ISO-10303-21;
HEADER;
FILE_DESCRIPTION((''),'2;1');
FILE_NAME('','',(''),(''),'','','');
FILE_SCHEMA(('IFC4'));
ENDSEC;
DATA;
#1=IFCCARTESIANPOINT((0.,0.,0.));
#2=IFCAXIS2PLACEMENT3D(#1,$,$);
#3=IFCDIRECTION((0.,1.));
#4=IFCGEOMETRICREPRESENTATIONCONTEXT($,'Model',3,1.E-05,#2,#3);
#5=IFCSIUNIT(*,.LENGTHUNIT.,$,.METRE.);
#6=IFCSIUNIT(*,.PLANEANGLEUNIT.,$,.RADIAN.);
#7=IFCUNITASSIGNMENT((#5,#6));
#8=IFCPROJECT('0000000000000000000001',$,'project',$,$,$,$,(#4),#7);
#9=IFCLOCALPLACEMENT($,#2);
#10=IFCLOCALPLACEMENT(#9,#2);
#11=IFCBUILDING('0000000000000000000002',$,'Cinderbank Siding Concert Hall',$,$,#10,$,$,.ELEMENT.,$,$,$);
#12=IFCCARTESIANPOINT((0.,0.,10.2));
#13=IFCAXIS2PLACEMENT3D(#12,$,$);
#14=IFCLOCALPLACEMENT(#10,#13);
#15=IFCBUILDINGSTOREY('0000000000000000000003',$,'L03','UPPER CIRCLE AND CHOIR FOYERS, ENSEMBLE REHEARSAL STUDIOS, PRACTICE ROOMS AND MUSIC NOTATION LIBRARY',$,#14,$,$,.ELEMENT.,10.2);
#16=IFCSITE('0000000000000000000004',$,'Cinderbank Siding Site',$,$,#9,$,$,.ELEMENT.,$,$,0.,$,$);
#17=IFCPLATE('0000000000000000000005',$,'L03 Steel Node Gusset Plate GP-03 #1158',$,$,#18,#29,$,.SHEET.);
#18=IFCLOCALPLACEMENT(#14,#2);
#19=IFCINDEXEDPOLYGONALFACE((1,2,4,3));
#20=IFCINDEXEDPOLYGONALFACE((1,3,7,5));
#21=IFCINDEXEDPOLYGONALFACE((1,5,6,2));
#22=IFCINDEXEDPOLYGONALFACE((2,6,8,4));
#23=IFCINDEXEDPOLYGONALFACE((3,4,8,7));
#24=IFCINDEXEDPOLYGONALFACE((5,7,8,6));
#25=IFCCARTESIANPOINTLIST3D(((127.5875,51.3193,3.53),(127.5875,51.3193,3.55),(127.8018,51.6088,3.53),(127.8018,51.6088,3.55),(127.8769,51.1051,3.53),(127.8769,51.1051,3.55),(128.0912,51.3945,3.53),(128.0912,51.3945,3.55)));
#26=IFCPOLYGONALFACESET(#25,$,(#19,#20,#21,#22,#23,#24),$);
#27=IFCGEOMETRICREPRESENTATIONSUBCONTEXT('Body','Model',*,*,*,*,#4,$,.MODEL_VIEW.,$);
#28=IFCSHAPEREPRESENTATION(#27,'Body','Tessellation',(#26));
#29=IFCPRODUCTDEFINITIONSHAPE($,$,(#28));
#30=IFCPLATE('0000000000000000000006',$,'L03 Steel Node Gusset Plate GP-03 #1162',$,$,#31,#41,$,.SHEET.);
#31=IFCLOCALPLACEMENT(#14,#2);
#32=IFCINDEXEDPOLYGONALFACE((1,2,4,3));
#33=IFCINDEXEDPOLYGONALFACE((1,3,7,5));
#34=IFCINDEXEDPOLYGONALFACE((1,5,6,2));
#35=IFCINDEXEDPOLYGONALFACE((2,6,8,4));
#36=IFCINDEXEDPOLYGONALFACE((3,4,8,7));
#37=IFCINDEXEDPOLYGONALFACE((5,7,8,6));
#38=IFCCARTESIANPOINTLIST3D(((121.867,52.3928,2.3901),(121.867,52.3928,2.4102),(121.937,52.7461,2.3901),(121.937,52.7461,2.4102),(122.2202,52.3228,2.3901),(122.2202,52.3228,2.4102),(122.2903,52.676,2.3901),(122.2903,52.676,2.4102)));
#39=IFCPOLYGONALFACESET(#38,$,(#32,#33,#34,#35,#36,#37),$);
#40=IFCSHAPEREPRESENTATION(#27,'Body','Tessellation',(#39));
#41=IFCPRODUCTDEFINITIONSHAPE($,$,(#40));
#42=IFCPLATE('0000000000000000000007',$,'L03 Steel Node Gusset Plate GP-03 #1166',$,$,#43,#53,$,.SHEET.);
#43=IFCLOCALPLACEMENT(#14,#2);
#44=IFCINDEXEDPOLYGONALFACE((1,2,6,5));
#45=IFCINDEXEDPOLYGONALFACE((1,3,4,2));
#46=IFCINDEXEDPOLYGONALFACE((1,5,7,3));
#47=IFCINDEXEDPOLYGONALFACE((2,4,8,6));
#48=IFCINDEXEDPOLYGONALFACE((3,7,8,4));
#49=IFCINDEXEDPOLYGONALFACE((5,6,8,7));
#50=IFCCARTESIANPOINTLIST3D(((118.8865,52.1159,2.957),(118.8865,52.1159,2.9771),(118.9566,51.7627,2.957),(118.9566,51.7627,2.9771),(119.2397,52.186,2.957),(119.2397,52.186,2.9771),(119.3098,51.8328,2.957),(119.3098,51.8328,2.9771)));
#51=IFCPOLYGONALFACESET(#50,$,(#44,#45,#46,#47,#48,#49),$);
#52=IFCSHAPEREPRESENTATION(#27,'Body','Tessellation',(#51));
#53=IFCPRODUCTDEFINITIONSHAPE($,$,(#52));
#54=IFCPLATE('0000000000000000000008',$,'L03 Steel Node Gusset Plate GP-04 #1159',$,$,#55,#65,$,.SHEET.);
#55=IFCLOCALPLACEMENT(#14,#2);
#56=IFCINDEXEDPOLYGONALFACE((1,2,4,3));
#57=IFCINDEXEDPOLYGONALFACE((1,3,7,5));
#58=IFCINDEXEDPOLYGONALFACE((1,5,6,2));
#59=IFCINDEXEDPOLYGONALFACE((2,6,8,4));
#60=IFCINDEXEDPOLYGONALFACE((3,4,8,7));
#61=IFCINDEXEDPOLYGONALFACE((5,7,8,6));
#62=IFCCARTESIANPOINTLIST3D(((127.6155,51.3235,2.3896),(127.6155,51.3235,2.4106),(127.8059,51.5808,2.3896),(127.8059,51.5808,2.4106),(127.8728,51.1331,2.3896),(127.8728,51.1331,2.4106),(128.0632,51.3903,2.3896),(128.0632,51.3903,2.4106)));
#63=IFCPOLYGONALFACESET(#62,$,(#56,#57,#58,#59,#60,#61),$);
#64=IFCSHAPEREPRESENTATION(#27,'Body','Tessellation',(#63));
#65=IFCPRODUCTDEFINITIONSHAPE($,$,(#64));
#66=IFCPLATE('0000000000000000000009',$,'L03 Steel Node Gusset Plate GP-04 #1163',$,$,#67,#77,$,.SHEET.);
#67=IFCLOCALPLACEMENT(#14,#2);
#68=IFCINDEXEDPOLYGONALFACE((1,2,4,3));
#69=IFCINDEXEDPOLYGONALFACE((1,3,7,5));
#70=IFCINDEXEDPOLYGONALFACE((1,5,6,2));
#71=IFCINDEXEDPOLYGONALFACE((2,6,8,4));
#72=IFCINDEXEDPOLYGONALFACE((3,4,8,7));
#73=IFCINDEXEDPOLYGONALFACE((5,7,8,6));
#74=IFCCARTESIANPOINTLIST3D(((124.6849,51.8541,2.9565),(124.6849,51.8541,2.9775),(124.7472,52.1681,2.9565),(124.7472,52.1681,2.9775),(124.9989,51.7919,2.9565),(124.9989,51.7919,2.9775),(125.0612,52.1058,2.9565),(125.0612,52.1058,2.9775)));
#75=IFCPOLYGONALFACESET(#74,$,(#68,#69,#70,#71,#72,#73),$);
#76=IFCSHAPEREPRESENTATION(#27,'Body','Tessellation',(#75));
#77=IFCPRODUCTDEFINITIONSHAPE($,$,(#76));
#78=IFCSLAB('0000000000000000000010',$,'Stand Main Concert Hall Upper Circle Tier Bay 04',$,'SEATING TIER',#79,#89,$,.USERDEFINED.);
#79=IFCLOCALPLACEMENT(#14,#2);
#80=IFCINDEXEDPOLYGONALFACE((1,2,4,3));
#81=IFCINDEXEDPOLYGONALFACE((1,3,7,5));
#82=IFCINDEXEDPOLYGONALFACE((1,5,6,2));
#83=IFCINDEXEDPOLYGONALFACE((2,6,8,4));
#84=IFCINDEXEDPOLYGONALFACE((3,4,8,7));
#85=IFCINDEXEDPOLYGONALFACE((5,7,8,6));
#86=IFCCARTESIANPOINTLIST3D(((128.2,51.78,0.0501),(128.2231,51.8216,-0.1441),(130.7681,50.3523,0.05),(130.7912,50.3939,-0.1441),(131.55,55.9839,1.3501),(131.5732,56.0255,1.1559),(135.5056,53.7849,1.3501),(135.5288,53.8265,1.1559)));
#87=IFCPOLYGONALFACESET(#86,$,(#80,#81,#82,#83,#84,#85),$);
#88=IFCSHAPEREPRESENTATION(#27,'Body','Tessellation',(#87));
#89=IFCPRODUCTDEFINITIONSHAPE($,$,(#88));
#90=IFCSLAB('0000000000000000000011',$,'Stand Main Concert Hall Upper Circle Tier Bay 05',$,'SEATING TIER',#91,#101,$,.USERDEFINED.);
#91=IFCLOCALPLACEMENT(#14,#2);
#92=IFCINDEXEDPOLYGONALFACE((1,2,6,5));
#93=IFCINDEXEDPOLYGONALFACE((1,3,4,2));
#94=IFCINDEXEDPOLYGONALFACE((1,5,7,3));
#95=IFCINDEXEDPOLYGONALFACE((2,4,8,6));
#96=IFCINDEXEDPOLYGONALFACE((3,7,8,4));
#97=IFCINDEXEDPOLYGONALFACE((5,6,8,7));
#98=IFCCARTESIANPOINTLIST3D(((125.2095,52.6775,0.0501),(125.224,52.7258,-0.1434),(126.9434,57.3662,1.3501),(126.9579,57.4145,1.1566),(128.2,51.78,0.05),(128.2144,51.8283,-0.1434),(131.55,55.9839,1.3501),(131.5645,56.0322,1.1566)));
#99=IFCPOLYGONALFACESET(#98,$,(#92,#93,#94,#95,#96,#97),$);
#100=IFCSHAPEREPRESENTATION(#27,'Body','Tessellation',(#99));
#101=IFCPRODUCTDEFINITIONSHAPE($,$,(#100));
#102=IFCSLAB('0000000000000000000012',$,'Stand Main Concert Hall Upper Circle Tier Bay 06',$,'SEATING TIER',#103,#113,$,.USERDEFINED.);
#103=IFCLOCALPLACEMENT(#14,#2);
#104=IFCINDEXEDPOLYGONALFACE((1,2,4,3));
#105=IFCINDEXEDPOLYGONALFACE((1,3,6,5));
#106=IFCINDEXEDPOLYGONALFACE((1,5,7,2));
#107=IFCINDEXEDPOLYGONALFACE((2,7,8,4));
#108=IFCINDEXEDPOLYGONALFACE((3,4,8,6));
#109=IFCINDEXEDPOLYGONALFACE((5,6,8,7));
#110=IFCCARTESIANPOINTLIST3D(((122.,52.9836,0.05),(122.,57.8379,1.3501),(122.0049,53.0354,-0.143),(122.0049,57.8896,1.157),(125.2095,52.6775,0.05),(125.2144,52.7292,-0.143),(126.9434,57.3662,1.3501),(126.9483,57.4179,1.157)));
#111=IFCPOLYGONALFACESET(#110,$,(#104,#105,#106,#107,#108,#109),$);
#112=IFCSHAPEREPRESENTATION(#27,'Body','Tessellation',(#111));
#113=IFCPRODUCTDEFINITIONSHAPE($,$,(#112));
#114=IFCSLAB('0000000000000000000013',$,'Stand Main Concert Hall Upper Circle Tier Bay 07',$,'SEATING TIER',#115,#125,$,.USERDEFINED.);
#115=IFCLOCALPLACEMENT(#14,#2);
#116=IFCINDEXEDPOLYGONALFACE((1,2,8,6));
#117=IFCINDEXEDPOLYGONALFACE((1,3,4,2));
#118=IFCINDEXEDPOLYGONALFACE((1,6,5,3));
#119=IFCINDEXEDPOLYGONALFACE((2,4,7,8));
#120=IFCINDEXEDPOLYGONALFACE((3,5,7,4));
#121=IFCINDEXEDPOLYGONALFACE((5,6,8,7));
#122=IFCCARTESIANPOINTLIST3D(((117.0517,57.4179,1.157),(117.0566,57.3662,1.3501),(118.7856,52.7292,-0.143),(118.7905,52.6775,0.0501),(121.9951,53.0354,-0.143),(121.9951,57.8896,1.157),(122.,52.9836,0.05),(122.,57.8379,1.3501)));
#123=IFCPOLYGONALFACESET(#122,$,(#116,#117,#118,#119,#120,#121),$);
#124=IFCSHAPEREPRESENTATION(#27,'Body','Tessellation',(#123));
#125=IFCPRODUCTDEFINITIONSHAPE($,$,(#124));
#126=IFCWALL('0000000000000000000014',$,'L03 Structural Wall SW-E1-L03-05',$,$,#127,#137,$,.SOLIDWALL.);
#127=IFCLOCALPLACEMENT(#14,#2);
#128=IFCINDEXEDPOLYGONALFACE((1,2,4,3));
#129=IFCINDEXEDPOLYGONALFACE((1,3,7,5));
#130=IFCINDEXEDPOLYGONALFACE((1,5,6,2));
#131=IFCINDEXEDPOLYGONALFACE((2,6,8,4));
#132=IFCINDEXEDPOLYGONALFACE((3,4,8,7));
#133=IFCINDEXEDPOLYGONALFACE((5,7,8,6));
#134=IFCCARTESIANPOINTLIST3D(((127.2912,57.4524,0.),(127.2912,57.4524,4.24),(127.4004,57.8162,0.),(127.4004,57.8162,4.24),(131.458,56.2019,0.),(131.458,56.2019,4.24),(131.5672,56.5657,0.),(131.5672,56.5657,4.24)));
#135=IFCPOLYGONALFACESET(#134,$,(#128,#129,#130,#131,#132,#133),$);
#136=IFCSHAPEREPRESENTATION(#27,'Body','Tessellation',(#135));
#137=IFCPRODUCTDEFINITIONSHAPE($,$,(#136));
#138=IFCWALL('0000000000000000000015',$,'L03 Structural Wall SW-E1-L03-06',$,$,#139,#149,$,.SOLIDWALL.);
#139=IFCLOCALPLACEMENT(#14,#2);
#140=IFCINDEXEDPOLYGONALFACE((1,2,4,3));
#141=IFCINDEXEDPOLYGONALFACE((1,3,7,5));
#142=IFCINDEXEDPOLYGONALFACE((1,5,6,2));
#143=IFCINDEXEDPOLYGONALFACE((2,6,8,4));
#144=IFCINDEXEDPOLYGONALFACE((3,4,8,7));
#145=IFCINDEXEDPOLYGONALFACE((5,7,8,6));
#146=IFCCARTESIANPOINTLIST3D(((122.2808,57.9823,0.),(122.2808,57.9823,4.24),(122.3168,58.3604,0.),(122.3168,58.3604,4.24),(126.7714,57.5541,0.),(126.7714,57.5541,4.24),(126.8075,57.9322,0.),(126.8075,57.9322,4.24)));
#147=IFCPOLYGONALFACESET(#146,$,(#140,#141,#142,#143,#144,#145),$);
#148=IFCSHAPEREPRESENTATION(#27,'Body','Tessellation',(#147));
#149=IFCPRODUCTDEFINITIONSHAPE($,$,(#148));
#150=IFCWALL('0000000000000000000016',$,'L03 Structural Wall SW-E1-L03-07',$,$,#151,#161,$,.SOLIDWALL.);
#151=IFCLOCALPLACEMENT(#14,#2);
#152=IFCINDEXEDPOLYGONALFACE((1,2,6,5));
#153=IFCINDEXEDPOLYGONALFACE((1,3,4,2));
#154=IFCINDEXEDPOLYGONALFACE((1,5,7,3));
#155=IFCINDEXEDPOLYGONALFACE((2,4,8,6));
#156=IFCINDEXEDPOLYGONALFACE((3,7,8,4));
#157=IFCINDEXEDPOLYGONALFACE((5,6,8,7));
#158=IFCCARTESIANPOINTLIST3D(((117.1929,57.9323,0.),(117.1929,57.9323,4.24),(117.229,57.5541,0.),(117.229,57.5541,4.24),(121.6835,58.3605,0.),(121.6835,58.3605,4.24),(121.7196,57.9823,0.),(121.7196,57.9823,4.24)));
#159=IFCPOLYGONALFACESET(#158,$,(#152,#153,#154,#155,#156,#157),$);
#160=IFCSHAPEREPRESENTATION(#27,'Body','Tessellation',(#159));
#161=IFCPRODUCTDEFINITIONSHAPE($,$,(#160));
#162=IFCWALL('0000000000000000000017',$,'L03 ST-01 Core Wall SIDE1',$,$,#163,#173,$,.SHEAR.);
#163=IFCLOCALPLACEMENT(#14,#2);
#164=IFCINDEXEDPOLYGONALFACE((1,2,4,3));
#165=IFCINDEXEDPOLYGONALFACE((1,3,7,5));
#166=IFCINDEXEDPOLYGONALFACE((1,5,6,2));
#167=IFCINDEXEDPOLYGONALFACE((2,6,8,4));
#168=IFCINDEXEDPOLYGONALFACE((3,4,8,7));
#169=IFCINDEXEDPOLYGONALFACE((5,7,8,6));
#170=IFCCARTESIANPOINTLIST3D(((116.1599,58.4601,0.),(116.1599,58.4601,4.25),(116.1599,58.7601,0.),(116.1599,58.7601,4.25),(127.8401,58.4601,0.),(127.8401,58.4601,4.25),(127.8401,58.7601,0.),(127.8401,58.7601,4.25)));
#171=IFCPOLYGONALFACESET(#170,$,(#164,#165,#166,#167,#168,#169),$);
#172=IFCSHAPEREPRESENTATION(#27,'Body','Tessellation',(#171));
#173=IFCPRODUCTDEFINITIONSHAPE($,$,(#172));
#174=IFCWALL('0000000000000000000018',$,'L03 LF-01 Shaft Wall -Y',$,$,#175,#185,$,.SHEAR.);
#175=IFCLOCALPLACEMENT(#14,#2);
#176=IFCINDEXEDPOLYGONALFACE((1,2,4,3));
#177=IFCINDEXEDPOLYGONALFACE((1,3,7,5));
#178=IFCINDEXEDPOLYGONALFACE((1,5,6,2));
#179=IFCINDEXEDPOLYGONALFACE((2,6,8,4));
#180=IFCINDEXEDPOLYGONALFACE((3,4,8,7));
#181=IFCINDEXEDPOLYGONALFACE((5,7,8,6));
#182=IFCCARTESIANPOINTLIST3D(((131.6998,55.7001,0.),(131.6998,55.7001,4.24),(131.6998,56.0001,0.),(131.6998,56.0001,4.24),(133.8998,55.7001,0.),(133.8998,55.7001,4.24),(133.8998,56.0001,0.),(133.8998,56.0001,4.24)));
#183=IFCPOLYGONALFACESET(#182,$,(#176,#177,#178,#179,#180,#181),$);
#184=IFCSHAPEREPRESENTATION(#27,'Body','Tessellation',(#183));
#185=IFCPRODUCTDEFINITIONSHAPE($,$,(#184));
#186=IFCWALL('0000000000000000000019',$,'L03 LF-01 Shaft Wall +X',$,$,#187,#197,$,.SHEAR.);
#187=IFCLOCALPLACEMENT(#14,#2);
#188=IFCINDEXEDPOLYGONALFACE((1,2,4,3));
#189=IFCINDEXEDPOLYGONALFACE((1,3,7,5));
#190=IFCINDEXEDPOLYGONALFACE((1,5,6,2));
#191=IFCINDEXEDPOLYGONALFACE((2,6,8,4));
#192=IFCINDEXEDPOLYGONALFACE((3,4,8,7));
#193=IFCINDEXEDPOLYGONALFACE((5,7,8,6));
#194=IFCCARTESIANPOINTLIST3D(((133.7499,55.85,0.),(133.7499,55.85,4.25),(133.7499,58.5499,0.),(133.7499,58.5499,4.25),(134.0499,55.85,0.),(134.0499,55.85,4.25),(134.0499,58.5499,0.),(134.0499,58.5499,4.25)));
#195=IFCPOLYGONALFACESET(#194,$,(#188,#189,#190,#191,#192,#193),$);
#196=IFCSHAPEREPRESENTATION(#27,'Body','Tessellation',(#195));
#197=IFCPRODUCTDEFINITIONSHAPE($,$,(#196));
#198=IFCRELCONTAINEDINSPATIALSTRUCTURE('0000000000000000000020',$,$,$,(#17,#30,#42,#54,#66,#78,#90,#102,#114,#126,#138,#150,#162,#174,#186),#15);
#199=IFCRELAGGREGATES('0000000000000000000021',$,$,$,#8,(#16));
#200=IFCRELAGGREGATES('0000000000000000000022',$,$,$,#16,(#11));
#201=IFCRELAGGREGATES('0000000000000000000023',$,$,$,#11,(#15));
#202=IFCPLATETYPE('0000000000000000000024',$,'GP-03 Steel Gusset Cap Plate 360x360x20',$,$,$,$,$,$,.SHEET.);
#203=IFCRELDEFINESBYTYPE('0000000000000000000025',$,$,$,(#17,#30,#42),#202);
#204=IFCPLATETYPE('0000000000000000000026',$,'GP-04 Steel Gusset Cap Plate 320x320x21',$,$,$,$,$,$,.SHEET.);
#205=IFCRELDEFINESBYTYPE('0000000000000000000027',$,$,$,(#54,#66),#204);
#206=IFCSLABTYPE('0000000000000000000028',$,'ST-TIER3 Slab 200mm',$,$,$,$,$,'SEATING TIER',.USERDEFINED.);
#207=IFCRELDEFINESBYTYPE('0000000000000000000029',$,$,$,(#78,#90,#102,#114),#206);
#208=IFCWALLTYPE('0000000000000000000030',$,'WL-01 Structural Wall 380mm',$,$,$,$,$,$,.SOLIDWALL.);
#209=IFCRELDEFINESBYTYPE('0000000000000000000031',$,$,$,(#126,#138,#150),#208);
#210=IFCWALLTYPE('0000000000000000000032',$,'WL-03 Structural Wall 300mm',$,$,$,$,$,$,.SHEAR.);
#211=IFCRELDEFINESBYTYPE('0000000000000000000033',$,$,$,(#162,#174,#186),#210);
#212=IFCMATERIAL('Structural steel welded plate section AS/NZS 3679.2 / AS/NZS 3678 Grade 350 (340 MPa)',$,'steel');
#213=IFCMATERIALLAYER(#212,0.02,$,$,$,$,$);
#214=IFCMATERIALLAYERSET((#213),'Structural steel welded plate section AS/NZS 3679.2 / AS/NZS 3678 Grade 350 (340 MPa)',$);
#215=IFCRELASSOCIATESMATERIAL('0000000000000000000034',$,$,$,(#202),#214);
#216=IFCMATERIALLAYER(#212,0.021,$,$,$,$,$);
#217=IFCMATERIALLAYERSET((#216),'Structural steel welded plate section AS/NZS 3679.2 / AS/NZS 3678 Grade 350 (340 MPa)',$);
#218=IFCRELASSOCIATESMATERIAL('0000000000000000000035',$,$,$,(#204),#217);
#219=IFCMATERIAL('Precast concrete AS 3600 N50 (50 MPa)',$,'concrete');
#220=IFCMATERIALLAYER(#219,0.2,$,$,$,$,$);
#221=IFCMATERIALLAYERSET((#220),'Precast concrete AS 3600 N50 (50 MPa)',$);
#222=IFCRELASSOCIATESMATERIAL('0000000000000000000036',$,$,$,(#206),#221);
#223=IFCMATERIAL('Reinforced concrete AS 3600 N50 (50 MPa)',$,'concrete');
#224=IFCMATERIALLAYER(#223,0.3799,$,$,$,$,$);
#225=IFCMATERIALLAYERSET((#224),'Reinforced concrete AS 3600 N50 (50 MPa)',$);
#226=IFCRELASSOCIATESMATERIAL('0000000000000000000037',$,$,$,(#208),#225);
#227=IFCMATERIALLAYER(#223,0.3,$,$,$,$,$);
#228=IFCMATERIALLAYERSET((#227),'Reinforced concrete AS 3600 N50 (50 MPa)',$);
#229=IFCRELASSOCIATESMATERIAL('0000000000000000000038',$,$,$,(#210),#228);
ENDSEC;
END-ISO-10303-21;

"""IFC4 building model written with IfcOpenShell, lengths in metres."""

from ifc_helpers import new_model, si_unit, direction, frame, frame_2d, origin, origin_2d, place, context, subcontext, project, spatial, polyline, rectangle, outline, extrude, material, layer, layer_set, type_object, element, save


model = new_model("IFC4")

# Units and contexts
model_context = context("Model", 3, precision=1e-05, world=origin(), true_north=direction((0.0, 1.0)))
body_context = subcontext(model_context, "Body", "Model", "MODEL_VIEW")
ifc_project = project(units=[si_unit("LENGTHUNIT", "METRE"), si_unit("PLANEANGLEUNIT", "RADIAN")], contexts=[model_context])

# Site, building, storey
site_placement = place(None, origin())
site = spatial("IfcSite", under=ifc_project, at=site_placement, Name="Cinderbank Siding Site", CompositionType="ELEMENT", RefElevation=0.0)
building_placement = place(site_placement, origin())
building = spatial("IfcBuilding", under=site, at=building_placement, Name="Cinderbank Siding Concert Hall", CompositionType="ELEMENT")
storey_placement = place(building_placement, frame((0.0, 0.0, 10.2)))
storey = spatial("IfcBuildingStorey", under=building, at=storey_placement, Name="L03", Description="UPPER CIRCLE AND CHOIR FOYERS, ENSEMBLE REHEARSAL STUDIOS, PRACTICE ROOMS AND MUSIC NOTATION LIBRARY", CompositionType="ELEMENT", Elevation=10.2)

# Shared definitions
ifc_material_1 = material(Name="Reinforced concrete AS 3600 N50 (50 MPa)", Category="concrete")

# Plates
ifc_material_2 = material(Name="Structural steel welded plate section AS/NZS 3679.2 / AS/NZS 3678 Grade 350 (340 MPa)", Category="steel")
ifc_layer_1 = layer(ifc_material_2, 0.02)
ifc_layer_set_1 = layer_set([ifc_layer_1], Name="Structural steel welded plate section AS/NZS 3679.2 / AS/NZS 3678 Grade 350 (340 MPa)")
plate_type_1 = type_object("IfcPlateType", Name="GP-03 Steel Gusset Cap Plate 360x360x20", PredefinedType="SHEET", material=ifc_layer_set_1)
for number, where, z_axis, x_axis, name in (
    (1, (127.8394, 51.3569, 3.53), (0.0, 0.0, 1.0), (-0.803753, 0.594963, 0.0), "L03 Steel Node Gusset Plate GP-03 #1158"),
    (2, (122.0786, 52.5344, 2.3901), (0.0, 0.0, 1.0), (0.980887, -0.194577, 0.0), "L03 Steel Node Gusset Plate GP-03 #1162"),
    (3, (119.0981, 51.9744, 2.957), (0.0, 0.0, 1.0), (0.980887, 0.194577, 0.0), "L03 Steel Node Gusset Plate GP-03 #1166"),
):
    element("IfcPlate", number, at=place(storey_placement, frame(where, z_axis=z_axis, x_axis=x_axis)), inside=storey, type_object=plate_type_1, Name=name, PredefinedType="SHEET", context=body_context, shape_type="SweptSolid", body=[
        extrude(rectangle(XDim=0.3601, YDim=0.3601, at=origin_2d()), origin(), (0.0, 0.0, 1.0), 0.02),
    ])
ifc_layer_2 = layer(ifc_material_2, 0.021)
ifc_layer_set_2 = layer_set([ifc_layer_2], Name="Structural steel welded plate section AS/NZS 3679.2 / AS/NZS 3678 Grade 350 (340 MPa)")
plate_type_2 = type_object("IfcPlateType", Name="GP-04 Steel Gusset Cap Plate 320x320x21", PredefinedType="SHEET", material=ifc_layer_set_2)
for number, where, z_axis, x_axis, name in (
    (4, (127.8394, 51.3569, 2.3896), (0.0, 0.0, 1.0), (0.803753, -0.594963, 0.0), "L03 Steel Node Gusset Plate GP-04 #1159"),
    (5, (124.873, 51.98, 2.9565), (0.0, 0.0, 1.0), (0.980887, -0.194577, 0.0), "L03 Steel Node Gusset Plate GP-04 #1163"),
):
    element("IfcPlate", number, at=place(storey_placement, frame(where, z_axis=z_axis, x_axis=x_axis)), inside=storey, type_object=plate_type_2, Name=name, PredefinedType="SHEET", context=body_context, shape_type="SweptSolid", body=[
        extrude(rectangle(XDim=0.3201, YDim=0.3201, at=origin_2d()), origin(), (0.0, 0.0, 1.0), 0.021),
    ])

# Slabs
ifc_material_3 = material(Name="Precast concrete AS 3600 N50 (50 MPa)", Category="concrete")
ifc_layer_3 = layer(ifc_material_3, 0.2)
ifc_layer_set_3 = layer_set([ifc_layer_3], Name="Precast concrete AS 3600 N50 (50 MPa)")
slab_type = type_object("IfcSlabType", Name="ST-TIER3 Slab 200mm", ElementType="SEATING TIER", PredefinedType="USERDEFINED", material=ifc_layer_set_3)
slab_1_placement = place(storey_placement, frame((130.7681, 50.3523, 0.05), z_axis=(-0.115712, -0.208141, 0.97123), x_axis=(-0.874013, 0.485903, 0.000003)))
element("IfcSlab", 6, at=slab_1_placement, inside=storey, type_object=slab_type, Name="Stand Main Concert Hall Upper Circle Tier Bay 04", ObjectType="SEATING TIER", PredefinedType="USERDEFINED", context=body_context, shape_type="SweptSolid", body=[
    extrude(outline(polyline([(0.0, 0.0), (2.9383, 0.0), (2.053, -5.4591), (-2.4728, -5.4592), (0.0, 0.0)])), origin(), (0.0, 0.0, -1.0), 0.2),
])
slab_2_placement = place(storey_placement, frame((128.2, 51.78, 0.05), z_axis=(-0.072473, -0.241509, 0.967689), x_axis=(-0.957799, 0.28744, 0.000005)))
element("IfcSlab", 7, at=slab_2_placement, inside=storey, type_object=slab_type, Name="Stand Main Concert Hall Upper Circle Tier Bay 05", ObjectType="SEATING TIER", PredefinedType="USERDEFINED", context=body_context, shape_type="SweptSolid", body=[
    extrude(outline(polyline([(0.0, 0.0), (3.1222, 0.0), (2.8093, -5.1558), (-2.0004, -5.156), (0.0, 0.0)])), origin(), (0.0, 0.0, -1.0), 0.2),
])
slab_3_placement = place(storey_placement, frame((125.2095, 52.6775, 0.05), z_axis=(-0.024674, -0.258623, 0.965663), x_axis=(-0.995481, 0.09496, -0.000004)))
element("IfcSlab", 8, at=slab_3_placement, inside=storey, type_object=slab_type, Name="Stand Main Concert Hall Upper Circle Tier Bay 06", ObjectType="SEATING TIER", PredefinedType="USERDEFINED", context=body_context, shape_type="SweptSolid", body=[
    extrude(outline(polyline([(0.0, 0.0), (3.224, 0.0), (3.685, -5.0041), (-1.2808, -5.004), (0.0, 0.0)])), origin(), (0.0, 0.0, -1.0), 0.2),
])
slab_4_placement = place(storey_placement, frame((122.0, 52.9836, 0.05), z_axis=(0.024674, -0.258623, 0.965663), x_axis=(-0.995481, -0.09496, 0.000004)))
element("IfcSlab", 9, at=slab_4_placement, inside=storey, type_object=slab_type, Name="Stand Main Concert Hall Upper Circle Tier Bay 07", ObjectType="SEATING TIER", PredefinedType="USERDEFINED", context=body_context, shape_type="SweptSolid", body=[
    extrude(outline(polyline([(0.0, 0.0), (3.224, 0.0), (4.5049, -5.004), (-0.461, -5.0041), (0.0, 0.0)])), origin(), (0.0, 0.0, -1.0), 0.2),
])

# Walls
ifc_layer_4 = layer(ifc_material_1, 0.3799)
ifc_layer_set_4 = layer_set([ifc_layer_4], Name="Reinforced concrete AS 3600 N50 (50 MPa)")
wall_type_1 = type_object("IfcWallType", Name="WL-01 Structural Wall 380mm", PredefinedType="SOLIDWALL", material=ifc_layer_set_4)
wall_1_placement = place(storey_placement, frame((131.5127, 56.3838, 0.0), z_axis=(0.0, 0.0, 1.0), x_axis=(-0.957797, 0.287446, 0.0)))
element("IfcWall", 10, at=wall_1_placement, inside=storey, type_object=wall_type_1, Name="L03 Structural Wall SW-E1-L03-05", PredefinedType="SOLIDWALL", context=body_context, shape_type="SweptSolid", body=[
    extrude(rectangle(XDim=4.3503, YDim=0.3799, at=frame_2d((2.1753, 0.0))), origin(), (0.0, 0.0, 1.0), 4.24),
])
for number, where, z_axis, x_axis, name in (
    (11, (126.7893, 57.7432, 0.0), (0.0, 0.0, 1.0), (-0.995484, 0.094927, 0.0), "L03 Structural Wall SW-E1-L03-06"),
    (12, (121.7014, 58.1714, 0.0), (0.0, 0.0, 1.0), (-0.995484, -0.094927, 0.0), "L03 Structural Wall SW-E1-L03-07"),
):
    element("IfcWall", number, at=place(storey_placement, frame(where, z_axis=z_axis, x_axis=x_axis)), inside=storey, type_object=wall_type_1, Name=name, PredefinedType="SOLIDWALL", context=body_context, shape_type="SweptSolid", body=[
        extrude(rectangle(XDim=4.511, YDim=0.3799, at=frame_2d((2.2554, 0.0))), origin(), (0.0, 0.0, 1.0), 4.24),
    ])
ifc_layer_5 = layer(ifc_material_1, 0.3)
ifc_layer_set_5 = layer_set([ifc_layer_5], Name="Reinforced concrete AS 3600 N50 (50 MPa)")
wall_type_2 = type_object("IfcWallType", Name="WL-03 Structural Wall 300mm", PredefinedType="SHEAR", material=ifc_layer_set_5)
wall_2_placement = place(storey_placement, frame((127.8401, 58.6101, 0.0), z_axis=(0.0, 0.0, 1.0), x_axis=(-1.0, 0.0, 0.0)))
element("IfcWall", 13, at=wall_2_placement, inside=storey, type_object=wall_type_2, Name="L03 ST-01 Core Wall SIDE1", PredefinedType="SHEAR", context=body_context, shape_type="SweptSolid", body=[
    extrude(rectangle(XDim=11.6802, YDim=0.3, at=frame_2d((5.8401, 0.0))), origin(), (0.0, 0.0, 1.0), 4.25),
])
wall_3_placement = place(storey_placement, frame((133.8999, 55.8501, 0.0), z_axis=(0.0, 0.0, 1.0), x_axis=(-1.0, 0.0, 0.0)))
element("IfcWall", 14, at=wall_3_placement, inside=storey, type_object=wall_type_2, Name="L03 LF-01 Shaft Wall -Y", PredefinedType="SHEAR", context=body_context, shape_type="SweptSolid", body=[
    extrude(rectangle(XDim=2.2, YDim=0.3, at=frame_2d((1.1001, 0.0))), origin(), (0.0, 0.0, 1.0), 4.24),
])
wall_4_placement = place(storey_placement, frame((133.8999, 58.55, 0.0), z_axis=(0.0, 0.0, 1.0), x_axis=(0.0, -1.0, 0.0)))
element("IfcWall", 15, at=wall_4_placement, inside=storey, type_object=wall_type_2, Name="L03 LF-01 Shaft Wall +X", PredefinedType="SHEAR", context=body_context, shape_type="SweptSolid", body=[
    extrude(rectangle(XDim=2.7, YDim=0.3, at=frame_2d((1.3501, 0.0))), origin(), (0.0, 0.0, 1.0), 4.25),
])

save(model, "model.ifc")
